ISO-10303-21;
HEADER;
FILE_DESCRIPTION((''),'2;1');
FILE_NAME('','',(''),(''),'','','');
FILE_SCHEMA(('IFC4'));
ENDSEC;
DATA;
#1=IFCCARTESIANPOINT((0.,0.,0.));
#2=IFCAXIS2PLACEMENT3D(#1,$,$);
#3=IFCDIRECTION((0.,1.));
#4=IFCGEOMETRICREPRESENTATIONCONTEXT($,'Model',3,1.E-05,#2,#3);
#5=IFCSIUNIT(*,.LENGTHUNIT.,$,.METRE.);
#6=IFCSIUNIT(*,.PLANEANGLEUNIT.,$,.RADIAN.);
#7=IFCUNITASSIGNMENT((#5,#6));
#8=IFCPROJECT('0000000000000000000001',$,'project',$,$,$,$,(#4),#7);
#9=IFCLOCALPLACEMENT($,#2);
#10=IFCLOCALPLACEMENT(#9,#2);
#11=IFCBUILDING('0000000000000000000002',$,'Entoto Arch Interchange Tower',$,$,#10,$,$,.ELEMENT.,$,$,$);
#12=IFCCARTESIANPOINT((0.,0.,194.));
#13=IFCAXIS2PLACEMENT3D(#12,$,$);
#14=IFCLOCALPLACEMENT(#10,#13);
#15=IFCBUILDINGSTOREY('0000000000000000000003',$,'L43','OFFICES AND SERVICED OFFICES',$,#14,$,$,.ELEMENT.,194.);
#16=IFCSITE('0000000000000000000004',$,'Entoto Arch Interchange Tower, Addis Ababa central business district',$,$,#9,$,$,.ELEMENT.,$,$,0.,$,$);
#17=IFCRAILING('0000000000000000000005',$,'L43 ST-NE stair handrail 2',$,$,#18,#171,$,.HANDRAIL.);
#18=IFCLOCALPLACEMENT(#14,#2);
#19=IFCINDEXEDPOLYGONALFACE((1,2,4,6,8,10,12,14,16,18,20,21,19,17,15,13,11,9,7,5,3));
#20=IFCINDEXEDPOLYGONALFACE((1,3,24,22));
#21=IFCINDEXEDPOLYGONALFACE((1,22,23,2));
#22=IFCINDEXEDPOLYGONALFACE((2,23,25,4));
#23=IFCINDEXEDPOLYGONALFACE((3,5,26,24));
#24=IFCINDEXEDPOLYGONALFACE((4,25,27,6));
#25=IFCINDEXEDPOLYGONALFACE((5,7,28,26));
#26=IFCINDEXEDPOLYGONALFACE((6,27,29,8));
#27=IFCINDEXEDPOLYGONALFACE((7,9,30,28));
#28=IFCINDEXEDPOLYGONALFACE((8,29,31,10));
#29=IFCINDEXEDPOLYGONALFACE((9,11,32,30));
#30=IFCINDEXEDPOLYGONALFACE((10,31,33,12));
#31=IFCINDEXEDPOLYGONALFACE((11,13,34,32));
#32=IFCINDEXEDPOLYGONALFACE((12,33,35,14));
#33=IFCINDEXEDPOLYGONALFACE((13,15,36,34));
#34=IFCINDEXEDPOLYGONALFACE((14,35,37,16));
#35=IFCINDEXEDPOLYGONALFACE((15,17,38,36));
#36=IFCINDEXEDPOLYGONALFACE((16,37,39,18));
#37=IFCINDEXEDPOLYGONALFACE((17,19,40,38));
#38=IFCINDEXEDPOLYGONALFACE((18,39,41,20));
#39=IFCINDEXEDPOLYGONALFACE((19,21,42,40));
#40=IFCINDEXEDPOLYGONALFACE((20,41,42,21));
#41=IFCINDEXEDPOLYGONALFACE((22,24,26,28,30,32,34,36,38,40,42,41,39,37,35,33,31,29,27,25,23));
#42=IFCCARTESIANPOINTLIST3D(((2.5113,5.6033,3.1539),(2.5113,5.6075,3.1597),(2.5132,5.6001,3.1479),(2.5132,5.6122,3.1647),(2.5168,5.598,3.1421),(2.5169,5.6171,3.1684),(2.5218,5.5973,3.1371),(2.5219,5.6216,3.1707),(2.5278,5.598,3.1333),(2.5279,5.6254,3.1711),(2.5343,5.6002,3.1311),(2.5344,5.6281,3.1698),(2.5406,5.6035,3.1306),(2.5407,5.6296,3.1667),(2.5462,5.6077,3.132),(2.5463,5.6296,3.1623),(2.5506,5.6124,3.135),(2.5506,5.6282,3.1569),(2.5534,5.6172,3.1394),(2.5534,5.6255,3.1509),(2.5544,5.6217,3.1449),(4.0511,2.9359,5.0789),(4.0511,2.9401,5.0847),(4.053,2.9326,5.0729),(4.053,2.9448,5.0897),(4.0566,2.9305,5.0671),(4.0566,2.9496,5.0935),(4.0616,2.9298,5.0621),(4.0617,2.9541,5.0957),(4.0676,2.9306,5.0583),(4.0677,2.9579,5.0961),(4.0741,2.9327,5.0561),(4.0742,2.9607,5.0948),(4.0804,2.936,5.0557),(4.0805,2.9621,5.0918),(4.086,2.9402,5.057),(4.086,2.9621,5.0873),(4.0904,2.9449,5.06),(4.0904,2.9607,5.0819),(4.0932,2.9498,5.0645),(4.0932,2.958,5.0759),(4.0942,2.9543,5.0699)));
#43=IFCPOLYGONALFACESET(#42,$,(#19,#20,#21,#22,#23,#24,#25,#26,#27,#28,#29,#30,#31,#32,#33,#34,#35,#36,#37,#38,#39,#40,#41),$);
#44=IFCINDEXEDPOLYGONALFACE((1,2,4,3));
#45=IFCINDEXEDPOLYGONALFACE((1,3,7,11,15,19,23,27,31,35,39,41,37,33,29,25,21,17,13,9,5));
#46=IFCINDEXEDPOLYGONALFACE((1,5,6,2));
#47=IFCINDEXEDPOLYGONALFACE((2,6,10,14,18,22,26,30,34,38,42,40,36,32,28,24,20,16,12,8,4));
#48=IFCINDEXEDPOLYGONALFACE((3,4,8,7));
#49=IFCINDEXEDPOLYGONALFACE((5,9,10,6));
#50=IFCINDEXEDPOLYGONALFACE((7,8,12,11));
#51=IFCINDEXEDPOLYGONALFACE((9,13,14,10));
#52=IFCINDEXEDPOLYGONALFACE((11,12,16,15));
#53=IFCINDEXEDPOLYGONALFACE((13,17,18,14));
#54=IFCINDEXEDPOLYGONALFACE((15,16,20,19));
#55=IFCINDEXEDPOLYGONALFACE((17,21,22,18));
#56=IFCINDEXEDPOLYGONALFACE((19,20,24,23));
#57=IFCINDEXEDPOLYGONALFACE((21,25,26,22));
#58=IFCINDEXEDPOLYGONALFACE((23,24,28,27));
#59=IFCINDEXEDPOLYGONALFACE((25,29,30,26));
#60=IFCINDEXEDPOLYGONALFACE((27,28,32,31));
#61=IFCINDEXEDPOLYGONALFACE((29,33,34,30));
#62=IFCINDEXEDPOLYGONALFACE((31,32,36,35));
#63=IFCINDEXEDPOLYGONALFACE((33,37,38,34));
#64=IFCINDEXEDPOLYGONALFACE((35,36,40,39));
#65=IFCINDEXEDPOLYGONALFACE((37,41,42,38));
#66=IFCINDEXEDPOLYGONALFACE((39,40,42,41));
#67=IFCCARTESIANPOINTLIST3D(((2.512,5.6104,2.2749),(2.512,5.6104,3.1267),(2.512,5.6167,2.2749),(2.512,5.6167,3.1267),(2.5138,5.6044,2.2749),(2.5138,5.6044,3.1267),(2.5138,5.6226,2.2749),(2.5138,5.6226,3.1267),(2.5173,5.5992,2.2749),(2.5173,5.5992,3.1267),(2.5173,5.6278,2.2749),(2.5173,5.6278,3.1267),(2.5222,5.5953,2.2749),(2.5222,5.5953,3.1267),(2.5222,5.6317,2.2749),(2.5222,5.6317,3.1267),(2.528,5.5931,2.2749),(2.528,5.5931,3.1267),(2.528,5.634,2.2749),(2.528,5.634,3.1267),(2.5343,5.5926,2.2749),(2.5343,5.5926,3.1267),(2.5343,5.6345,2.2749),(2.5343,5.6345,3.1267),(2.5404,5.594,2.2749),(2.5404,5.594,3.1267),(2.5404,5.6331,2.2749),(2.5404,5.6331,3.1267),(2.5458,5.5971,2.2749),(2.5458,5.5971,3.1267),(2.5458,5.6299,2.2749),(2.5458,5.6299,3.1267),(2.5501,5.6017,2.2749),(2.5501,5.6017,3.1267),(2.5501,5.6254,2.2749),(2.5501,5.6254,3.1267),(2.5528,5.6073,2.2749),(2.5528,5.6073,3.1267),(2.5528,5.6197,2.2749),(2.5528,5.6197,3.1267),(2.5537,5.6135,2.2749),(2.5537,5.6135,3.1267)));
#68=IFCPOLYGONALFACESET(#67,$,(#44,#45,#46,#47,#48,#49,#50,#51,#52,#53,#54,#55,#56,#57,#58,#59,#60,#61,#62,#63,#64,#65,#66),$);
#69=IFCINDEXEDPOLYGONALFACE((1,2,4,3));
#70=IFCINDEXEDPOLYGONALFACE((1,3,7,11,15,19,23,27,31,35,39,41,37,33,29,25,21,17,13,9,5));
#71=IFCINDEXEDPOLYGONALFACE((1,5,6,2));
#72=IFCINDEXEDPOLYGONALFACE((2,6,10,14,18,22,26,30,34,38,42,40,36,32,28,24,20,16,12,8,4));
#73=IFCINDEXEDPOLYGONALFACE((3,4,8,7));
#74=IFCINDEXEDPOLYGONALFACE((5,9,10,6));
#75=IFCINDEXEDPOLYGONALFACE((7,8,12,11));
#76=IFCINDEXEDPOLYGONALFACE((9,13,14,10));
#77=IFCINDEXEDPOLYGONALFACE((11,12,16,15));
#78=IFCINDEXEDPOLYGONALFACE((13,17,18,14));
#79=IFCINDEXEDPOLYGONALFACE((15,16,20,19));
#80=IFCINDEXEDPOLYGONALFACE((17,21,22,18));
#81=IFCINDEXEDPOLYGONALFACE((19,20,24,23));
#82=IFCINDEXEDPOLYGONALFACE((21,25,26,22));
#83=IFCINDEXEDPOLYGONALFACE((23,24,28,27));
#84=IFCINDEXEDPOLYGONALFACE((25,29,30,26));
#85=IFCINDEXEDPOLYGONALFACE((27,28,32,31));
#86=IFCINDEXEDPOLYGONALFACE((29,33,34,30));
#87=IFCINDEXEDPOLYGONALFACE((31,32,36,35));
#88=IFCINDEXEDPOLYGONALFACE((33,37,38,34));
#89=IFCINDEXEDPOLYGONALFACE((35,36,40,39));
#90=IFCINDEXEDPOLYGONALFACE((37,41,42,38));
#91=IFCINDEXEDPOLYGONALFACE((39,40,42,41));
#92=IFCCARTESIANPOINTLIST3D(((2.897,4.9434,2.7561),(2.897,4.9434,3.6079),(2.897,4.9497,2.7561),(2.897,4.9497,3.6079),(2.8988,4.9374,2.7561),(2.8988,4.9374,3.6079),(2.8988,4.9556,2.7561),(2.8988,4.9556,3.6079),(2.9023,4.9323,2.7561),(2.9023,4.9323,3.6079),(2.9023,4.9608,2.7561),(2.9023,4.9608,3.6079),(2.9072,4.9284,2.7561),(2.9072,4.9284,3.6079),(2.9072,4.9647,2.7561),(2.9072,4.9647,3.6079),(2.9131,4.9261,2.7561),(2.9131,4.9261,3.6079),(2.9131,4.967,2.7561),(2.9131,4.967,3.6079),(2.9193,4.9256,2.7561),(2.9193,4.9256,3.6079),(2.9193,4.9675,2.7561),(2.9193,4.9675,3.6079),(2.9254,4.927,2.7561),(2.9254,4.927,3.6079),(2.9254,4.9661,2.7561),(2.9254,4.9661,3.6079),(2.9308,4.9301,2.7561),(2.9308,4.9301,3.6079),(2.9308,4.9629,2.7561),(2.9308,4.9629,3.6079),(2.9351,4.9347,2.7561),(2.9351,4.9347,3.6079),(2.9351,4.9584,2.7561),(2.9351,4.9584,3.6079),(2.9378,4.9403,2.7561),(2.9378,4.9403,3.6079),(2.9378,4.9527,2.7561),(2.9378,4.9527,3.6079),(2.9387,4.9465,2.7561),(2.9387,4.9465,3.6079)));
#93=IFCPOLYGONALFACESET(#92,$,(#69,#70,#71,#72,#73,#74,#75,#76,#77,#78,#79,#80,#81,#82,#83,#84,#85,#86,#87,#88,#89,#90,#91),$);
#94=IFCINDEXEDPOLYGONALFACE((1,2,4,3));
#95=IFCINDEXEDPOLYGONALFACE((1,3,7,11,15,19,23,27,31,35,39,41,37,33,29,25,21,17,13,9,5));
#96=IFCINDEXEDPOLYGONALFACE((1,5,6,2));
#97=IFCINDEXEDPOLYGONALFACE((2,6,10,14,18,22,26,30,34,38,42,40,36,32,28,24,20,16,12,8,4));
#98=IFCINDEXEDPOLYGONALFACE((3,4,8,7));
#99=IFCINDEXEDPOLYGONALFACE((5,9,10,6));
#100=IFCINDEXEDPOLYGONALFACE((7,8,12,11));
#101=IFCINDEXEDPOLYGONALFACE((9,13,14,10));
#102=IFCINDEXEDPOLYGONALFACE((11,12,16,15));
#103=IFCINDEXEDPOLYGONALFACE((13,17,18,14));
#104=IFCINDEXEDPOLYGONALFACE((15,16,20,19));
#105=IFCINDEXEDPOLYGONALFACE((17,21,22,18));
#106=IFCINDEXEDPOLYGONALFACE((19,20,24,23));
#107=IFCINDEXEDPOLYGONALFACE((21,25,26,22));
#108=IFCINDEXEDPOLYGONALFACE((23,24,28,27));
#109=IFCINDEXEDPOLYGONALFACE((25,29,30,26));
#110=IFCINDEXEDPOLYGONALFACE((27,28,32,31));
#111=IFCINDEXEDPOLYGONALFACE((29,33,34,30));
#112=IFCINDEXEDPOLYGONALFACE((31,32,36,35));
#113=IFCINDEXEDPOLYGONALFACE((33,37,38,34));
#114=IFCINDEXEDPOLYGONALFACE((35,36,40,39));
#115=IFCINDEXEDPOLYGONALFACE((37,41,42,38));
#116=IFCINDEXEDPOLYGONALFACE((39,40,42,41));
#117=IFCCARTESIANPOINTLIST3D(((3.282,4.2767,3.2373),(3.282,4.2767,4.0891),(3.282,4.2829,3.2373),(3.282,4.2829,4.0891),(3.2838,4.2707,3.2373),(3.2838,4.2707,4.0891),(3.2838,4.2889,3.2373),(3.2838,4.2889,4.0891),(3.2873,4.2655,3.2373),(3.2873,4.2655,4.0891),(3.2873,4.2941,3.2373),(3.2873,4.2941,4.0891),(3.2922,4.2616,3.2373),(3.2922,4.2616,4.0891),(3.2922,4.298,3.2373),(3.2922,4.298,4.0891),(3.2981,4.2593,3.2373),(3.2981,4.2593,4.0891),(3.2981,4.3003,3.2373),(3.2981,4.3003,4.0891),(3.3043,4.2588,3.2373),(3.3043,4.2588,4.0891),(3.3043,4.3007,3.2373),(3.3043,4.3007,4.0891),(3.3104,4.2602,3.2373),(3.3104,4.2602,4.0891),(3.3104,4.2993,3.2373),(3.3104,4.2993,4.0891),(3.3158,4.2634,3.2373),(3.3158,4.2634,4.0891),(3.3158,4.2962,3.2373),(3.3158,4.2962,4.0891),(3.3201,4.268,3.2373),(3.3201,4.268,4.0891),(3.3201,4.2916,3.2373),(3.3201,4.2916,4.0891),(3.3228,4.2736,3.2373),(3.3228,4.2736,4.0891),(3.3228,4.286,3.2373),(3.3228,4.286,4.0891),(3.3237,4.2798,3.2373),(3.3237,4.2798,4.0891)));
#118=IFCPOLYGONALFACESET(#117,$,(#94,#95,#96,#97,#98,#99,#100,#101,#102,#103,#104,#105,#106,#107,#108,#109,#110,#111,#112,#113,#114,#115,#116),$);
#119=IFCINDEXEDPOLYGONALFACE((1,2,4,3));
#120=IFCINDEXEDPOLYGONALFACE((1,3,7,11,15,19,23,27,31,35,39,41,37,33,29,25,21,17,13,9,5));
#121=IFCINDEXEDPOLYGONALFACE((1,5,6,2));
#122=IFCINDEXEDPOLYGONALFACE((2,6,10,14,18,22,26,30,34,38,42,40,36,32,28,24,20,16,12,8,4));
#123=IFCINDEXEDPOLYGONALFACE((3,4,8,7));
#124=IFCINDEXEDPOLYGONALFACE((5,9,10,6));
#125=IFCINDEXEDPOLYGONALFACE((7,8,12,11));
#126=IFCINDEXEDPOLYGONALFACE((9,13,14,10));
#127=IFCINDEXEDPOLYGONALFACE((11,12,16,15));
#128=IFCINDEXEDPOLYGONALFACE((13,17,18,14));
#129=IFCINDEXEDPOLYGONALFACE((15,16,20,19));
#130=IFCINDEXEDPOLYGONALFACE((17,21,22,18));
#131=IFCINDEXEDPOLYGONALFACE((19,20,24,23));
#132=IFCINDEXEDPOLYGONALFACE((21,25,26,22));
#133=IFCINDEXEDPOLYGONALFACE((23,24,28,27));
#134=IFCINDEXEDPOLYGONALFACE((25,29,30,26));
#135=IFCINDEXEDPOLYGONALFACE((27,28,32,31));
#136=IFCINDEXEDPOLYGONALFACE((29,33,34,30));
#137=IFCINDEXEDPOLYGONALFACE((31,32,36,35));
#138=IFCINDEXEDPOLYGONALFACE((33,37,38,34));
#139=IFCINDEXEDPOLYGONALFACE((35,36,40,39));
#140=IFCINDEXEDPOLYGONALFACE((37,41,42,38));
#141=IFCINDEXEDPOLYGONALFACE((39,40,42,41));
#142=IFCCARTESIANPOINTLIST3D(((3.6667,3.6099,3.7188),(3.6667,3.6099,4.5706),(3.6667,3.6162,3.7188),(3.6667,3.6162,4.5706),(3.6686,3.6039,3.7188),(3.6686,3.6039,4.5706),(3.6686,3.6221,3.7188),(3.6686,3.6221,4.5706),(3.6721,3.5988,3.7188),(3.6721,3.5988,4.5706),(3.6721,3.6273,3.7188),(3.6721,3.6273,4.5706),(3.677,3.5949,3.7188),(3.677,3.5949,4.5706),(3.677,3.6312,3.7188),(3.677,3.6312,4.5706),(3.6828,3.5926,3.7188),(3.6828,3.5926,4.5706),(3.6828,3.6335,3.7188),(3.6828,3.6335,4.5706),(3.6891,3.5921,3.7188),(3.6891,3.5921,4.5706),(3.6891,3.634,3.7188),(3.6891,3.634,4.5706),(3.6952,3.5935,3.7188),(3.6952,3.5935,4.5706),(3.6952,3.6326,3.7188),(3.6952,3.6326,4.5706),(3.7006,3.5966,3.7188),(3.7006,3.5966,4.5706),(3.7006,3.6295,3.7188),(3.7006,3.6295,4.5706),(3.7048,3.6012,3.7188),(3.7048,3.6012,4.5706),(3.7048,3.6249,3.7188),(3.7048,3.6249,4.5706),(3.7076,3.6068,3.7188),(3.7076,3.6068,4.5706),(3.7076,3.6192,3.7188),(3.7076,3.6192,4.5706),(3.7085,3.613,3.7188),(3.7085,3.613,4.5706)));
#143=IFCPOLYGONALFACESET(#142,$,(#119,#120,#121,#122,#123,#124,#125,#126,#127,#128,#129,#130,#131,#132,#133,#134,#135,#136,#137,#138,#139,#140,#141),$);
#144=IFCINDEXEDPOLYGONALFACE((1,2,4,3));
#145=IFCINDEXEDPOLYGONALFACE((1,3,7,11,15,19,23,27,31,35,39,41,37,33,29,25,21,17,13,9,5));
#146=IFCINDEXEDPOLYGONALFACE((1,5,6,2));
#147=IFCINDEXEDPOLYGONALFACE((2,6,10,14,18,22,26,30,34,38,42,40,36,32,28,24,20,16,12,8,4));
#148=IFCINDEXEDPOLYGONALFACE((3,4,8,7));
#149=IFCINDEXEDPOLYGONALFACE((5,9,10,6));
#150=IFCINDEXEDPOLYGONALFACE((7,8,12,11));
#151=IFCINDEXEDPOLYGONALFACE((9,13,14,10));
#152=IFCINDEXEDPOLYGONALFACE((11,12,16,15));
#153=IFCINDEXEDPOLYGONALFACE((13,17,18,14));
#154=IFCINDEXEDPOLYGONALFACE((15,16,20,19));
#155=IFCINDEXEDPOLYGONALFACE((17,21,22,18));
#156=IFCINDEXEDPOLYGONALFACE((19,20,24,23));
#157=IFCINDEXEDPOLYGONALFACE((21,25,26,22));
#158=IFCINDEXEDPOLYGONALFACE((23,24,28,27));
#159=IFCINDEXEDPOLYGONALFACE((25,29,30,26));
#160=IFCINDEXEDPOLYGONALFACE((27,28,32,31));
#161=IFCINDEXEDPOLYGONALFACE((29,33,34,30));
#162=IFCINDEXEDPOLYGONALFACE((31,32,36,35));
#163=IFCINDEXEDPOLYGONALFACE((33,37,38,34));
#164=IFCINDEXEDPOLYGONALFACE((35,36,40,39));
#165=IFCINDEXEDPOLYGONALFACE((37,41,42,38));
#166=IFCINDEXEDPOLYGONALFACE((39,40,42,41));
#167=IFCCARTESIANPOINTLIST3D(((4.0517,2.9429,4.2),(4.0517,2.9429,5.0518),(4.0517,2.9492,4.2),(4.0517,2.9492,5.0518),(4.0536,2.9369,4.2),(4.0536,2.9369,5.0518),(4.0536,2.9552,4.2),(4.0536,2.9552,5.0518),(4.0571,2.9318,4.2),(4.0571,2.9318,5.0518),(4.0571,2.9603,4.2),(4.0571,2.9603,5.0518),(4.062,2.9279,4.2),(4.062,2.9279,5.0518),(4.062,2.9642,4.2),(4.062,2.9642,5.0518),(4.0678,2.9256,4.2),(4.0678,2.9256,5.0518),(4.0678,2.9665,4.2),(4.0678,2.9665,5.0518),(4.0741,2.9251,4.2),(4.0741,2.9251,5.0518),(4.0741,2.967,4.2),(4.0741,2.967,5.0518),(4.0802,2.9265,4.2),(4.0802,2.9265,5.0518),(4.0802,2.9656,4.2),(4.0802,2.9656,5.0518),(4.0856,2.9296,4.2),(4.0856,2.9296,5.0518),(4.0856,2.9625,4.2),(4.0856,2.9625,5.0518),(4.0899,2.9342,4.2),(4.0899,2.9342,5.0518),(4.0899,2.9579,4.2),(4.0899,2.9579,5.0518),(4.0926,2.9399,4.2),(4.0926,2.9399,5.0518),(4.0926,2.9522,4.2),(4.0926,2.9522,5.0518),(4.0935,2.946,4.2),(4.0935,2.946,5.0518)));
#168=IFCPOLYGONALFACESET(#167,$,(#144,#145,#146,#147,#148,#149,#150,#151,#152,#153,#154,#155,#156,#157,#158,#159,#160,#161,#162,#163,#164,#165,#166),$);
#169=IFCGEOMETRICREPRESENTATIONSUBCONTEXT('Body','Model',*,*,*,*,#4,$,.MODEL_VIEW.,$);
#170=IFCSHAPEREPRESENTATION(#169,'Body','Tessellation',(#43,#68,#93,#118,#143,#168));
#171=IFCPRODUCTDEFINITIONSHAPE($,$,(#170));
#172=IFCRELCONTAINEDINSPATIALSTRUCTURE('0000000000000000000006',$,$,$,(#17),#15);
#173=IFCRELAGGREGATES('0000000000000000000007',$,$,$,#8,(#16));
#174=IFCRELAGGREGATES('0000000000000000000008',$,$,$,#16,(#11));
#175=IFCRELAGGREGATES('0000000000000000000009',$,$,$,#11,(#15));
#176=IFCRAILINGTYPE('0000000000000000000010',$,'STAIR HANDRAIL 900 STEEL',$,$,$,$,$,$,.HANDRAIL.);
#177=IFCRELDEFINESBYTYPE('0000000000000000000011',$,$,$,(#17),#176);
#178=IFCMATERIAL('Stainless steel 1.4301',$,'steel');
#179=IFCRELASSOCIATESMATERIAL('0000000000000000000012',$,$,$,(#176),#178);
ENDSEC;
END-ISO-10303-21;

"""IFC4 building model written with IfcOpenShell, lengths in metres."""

from ifc_helpers import new_model, si_unit, direction, frame, origin, origin_2d, place, context, subcontext, project, spatial, circle, extrude, material, type_object, element, save


model = new_model("IFC4")

# Units and contexts
model_context = context("Model", 3, precision=1e-05, world=origin(), true_north=direction((0.0, 1.0)))
body_context = subcontext(model_context, "Body", "Model", "MODEL_VIEW")
ifc_project = project(units=[si_unit("LENGTHUNIT", "METRE"), si_unit("PLANEANGLEUNIT", "RADIAN")], contexts=[model_context])

# Site, building, storey
site_placement = place(None, origin())
site = spatial("IfcSite", under=ifc_project, at=site_placement, Name="Entoto Arch Interchange Tower, Addis Ababa central business district", CompositionType="ELEMENT", RefElevation=0.0)
building_placement = place(site_placement, origin())
building = spatial("IfcBuilding", under=site, at=building_placement, Name="Entoto Arch Interchange Tower", CompositionType="ELEMENT")
storey_placement = place(building_placement, frame((0.0, 0.0, 194.0)))
storey = spatial("IfcBuildingStorey", under=building, at=storey_placement, Name="L43", Description="OFFICES AND SERVICED OFFICES", CompositionType="ELEMENT", Elevation=194.0)

# Railing
ifc_material_1 = material(Name="Stainless steel 1.4301", Category="steel")
railing_type_1 = type_object("IfcRailingType", Name="STAIR HANDRAIL 900 STEEL", PredefinedType="HANDRAIL", material=ifc_material_1)
railing_1_placement = place(storey_placement, frame((2.5327, 5.6135, 2.2749)))
element("IfcRailing", 1, at=railing_1_placement, inside=storey, type_object=railing_type_1, Name="L43 ST-NE stair handrail 2", PredefinedType="HANDRAIL", context=body_context, shape_type="SweptSolid", body=[
    extrude(circle(Radius=0.0239, at=origin_2d()), frame((0.0, 0.0, 0.876), z_axis=(0.423939, -0.734416, 0.530008), x_axis=(0.866064, 0.499933, 0.0)), (0.0, 0.0, 1.0), 3.6321),
    extrude(circle(Radius=0.021, at=origin_2d()), origin(), (0.0, 0.0, 1.0), 0.8518),
    extrude(circle(Radius=0.021, at=origin_2d()), frame((0.385, -0.667, 0.4812)), (0.0, 0.0, 1.0), 0.8518),
    extrude(circle(Radius=0.021, at=origin_2d()), frame((0.77, -1.3337, 0.9624)), (0.0, 0.0, 1.0), 0.8518),
    extrude(circle(Radius=0.021, at=origin_2d()), frame((1.1548, -2.0005, 1.4438)), (0.0, 0.0, 1.0), 0.8518),
    extrude(circle(Radius=0.021, at=origin_2d()), frame((1.5398, -2.6675, 1.925)), (0.0, 0.0, 1.0), 0.8518),
])

save(model, "model.ifc")
